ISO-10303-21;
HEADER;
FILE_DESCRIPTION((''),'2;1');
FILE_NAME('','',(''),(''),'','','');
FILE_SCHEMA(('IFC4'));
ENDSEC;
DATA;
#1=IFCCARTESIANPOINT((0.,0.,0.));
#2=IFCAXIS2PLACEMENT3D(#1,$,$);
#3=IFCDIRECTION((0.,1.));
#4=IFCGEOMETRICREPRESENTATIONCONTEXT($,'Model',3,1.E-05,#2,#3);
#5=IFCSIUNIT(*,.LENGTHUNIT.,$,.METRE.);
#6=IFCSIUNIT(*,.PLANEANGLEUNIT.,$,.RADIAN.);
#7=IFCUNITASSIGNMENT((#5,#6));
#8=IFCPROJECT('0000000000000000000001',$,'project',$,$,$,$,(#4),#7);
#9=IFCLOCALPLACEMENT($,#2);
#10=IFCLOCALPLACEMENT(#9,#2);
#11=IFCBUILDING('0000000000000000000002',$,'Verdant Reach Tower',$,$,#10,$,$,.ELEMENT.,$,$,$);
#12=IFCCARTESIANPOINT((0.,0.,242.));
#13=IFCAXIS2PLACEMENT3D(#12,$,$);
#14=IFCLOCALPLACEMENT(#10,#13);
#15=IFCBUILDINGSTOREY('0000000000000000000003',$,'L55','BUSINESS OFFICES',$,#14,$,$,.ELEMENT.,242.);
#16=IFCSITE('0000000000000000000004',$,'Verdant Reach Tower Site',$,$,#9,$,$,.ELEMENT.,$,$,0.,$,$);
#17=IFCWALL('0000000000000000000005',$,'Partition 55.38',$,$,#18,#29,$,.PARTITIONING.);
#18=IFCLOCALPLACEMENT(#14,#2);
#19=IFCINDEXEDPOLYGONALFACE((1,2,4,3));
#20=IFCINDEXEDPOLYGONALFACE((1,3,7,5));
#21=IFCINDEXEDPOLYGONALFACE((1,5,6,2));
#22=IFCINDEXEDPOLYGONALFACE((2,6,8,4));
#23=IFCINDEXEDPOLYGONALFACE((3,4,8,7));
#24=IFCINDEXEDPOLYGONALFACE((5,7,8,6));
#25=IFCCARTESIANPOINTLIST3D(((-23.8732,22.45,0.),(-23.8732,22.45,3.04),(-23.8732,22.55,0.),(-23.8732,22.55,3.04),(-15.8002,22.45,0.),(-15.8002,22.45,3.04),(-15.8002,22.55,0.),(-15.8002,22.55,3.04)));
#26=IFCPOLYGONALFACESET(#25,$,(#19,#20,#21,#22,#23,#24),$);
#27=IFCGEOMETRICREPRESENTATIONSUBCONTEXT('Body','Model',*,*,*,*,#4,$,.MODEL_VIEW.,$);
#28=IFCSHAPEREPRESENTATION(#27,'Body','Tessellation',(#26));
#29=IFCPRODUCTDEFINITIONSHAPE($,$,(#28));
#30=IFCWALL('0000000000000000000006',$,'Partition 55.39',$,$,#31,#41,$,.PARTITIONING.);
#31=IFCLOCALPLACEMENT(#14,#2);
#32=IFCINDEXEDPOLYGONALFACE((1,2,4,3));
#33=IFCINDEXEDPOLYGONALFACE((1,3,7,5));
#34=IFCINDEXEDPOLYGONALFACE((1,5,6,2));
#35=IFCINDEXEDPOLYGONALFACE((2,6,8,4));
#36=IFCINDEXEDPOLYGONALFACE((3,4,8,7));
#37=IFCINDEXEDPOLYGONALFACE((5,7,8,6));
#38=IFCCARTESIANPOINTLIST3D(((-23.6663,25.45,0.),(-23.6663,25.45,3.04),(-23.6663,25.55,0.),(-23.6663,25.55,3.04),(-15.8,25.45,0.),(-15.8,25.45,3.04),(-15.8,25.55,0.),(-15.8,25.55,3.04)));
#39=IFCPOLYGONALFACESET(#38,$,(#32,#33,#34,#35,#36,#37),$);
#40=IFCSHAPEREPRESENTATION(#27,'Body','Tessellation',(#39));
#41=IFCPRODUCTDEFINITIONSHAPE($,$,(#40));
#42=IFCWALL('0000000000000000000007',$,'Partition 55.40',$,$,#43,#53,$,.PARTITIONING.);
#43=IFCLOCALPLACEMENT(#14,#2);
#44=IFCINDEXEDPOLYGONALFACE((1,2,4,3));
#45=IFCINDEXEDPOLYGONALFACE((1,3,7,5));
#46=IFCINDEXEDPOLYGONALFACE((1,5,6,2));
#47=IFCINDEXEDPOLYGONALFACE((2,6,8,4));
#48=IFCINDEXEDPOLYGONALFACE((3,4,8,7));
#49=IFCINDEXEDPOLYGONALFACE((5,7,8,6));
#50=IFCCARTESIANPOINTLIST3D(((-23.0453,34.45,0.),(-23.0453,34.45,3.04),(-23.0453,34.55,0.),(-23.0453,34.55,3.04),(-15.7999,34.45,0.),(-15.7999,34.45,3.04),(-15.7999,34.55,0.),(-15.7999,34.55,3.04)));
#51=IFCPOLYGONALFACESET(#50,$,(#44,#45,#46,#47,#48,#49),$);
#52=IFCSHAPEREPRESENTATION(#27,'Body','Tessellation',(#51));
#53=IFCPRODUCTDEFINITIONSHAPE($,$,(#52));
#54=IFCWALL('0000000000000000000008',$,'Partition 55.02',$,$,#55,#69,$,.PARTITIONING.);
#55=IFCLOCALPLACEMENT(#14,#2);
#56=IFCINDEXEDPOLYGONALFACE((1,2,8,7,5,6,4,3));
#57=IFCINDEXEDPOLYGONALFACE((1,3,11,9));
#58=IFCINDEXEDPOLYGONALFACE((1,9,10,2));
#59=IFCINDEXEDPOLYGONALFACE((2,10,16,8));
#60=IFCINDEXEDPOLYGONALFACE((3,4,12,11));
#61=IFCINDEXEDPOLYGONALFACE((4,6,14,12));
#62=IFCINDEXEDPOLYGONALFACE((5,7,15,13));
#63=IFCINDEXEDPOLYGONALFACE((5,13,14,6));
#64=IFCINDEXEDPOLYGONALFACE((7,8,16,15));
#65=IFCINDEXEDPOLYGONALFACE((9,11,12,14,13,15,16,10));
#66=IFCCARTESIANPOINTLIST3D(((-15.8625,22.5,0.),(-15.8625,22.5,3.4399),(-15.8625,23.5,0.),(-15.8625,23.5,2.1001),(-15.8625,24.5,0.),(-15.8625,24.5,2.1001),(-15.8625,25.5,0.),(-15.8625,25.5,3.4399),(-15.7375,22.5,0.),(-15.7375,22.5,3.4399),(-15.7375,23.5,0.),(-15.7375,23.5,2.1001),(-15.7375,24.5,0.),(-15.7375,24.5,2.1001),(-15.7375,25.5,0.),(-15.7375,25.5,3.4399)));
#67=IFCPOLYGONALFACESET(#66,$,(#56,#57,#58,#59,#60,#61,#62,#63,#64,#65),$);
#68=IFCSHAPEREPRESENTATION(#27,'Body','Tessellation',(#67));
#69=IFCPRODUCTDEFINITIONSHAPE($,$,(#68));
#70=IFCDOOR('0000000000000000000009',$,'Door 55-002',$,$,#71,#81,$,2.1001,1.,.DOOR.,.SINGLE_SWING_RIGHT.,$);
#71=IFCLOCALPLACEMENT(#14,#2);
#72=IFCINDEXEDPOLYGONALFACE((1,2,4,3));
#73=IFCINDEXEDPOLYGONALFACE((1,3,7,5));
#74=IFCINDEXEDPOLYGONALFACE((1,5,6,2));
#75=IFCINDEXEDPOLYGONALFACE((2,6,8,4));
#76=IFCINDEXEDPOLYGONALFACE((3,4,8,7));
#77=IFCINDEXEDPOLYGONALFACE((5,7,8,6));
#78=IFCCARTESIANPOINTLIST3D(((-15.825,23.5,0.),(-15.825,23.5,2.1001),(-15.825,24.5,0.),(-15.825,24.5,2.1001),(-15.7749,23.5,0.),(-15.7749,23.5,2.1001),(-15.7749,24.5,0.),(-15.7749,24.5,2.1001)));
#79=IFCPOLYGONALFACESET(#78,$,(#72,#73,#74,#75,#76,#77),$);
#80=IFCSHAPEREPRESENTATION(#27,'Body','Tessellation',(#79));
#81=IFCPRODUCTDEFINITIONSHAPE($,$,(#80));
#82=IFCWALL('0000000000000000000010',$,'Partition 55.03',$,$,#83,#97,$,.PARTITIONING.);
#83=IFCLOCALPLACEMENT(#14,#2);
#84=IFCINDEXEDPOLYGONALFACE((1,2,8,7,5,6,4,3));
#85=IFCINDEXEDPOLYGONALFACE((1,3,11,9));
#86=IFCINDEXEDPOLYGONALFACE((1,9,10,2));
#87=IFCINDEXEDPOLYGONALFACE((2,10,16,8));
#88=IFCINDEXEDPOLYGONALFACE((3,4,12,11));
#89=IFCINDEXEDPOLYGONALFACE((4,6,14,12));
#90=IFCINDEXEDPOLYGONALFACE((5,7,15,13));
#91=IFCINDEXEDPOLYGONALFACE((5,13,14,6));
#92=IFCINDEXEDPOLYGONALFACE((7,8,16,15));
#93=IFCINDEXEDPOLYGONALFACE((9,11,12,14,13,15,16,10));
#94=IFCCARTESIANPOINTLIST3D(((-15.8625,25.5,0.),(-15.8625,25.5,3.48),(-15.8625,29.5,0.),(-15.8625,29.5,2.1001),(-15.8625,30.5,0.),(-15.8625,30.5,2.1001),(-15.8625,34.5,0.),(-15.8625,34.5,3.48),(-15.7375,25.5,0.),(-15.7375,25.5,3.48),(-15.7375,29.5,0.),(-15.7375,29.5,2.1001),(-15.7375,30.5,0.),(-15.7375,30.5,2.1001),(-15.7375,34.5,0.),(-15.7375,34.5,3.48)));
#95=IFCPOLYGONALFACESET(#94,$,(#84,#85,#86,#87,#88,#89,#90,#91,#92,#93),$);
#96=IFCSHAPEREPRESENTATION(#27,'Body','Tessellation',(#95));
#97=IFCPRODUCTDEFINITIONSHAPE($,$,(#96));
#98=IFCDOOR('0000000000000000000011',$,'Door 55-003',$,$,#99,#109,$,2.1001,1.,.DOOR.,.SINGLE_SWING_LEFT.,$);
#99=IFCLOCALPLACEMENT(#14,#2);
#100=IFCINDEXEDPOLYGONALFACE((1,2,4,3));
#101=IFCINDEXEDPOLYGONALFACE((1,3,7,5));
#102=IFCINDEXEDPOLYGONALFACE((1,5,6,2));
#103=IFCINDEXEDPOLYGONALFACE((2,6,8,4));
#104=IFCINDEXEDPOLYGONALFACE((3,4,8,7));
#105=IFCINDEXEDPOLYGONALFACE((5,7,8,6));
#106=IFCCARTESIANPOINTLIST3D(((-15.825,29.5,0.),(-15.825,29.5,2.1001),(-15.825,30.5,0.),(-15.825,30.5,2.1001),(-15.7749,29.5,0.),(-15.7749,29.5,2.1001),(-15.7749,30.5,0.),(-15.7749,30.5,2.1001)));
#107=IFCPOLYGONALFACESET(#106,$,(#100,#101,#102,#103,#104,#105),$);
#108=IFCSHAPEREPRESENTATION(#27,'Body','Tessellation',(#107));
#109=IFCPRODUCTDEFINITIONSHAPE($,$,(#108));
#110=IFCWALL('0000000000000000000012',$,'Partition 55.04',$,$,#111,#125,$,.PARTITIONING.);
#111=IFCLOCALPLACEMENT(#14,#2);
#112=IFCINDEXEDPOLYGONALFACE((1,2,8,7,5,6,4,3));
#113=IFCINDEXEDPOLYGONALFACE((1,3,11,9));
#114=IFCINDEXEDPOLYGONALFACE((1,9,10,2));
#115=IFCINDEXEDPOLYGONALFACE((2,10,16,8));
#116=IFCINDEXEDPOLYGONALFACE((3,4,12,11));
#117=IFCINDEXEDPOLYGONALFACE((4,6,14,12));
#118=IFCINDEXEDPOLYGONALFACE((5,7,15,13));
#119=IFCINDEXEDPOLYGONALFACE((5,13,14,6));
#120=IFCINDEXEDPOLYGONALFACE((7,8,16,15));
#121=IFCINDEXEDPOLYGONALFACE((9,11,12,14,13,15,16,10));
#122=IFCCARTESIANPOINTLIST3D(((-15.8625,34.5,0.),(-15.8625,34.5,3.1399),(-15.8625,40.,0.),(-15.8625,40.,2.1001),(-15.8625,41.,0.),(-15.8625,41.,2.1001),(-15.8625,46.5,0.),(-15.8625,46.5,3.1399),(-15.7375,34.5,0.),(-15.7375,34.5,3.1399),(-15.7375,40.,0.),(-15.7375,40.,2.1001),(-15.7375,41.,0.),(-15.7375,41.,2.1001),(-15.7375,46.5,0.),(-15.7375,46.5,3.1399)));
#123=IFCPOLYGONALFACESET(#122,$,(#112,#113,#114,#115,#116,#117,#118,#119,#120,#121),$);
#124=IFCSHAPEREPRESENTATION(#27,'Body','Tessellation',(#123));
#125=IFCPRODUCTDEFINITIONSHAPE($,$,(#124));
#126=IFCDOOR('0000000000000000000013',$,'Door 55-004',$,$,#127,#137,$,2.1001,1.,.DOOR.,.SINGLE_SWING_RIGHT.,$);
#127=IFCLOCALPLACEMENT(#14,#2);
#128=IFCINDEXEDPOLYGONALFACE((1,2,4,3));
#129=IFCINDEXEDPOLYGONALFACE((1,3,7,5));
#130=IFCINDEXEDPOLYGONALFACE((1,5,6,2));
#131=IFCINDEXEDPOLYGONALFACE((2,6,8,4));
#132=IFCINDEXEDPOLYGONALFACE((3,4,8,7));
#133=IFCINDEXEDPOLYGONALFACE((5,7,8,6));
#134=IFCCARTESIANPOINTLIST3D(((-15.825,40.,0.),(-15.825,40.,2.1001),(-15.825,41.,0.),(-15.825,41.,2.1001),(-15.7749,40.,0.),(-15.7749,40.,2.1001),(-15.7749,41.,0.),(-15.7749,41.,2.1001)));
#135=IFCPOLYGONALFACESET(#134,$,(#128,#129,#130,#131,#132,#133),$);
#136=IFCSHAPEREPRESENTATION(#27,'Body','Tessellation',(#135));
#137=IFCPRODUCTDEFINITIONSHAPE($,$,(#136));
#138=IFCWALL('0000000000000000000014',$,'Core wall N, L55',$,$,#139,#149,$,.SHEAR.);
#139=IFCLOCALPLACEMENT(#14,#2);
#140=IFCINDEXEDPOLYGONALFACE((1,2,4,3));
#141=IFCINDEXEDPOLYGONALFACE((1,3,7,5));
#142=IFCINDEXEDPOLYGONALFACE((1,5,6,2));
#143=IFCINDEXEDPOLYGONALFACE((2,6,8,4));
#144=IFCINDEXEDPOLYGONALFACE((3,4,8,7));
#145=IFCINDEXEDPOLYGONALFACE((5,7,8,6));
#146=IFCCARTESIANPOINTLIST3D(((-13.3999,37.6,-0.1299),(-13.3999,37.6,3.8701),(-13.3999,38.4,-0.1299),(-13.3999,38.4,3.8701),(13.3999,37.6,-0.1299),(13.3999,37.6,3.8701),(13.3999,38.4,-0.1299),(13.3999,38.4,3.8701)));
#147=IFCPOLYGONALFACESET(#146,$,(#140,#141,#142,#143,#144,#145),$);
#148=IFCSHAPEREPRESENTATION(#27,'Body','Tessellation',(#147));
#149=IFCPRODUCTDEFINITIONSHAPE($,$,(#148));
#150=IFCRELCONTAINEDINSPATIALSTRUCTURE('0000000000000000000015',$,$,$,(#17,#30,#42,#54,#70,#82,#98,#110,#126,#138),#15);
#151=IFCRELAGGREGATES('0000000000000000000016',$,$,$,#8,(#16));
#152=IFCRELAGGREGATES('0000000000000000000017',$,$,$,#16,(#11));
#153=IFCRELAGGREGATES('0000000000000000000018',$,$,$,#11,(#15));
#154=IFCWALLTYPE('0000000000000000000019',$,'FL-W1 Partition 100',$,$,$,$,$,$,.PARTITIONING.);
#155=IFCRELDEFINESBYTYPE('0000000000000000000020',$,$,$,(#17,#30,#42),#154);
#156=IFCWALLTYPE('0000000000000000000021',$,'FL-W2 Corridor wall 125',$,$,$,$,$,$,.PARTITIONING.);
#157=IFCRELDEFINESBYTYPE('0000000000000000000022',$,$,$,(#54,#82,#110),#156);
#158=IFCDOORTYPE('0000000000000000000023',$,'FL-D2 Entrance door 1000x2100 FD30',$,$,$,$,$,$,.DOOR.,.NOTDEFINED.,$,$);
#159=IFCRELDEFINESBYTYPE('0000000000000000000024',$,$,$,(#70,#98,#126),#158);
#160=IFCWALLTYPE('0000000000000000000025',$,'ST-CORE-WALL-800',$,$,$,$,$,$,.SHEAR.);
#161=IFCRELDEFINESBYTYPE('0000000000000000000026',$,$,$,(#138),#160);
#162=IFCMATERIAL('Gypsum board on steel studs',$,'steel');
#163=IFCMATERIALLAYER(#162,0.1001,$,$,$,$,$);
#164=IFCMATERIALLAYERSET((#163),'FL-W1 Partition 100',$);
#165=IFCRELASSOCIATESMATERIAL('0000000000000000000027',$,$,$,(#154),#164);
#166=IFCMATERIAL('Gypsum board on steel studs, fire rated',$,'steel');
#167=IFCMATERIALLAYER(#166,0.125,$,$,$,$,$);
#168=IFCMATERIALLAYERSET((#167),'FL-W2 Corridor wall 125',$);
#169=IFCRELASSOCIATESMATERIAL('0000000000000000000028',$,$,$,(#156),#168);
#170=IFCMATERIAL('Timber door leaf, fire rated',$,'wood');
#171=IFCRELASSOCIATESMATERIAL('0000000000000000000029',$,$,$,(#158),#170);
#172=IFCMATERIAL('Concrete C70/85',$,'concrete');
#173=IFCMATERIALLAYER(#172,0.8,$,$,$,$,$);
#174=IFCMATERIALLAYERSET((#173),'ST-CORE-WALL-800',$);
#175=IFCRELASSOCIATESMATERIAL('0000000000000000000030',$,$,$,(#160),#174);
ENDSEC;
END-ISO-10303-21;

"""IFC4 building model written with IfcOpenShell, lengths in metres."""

from ifc_helpers import new_model, si_unit, direction, frame, frame_2d, origin, place, context, subcontext, project, spatial, rectangle, extrude, material, layer, layer_set, type_object, element, fill, save


model = new_model("IFC4")

# Units and contexts
model_context = context("Model", 3, precision=1e-05, world=origin(), true_north=direction((0.0, 1.0)))
body_context = subcontext(model_context, "Body", "Model", "MODEL_VIEW")
ifc_project = project(units=[si_unit("LENGTHUNIT", "METRE"), si_unit("PLANEANGLEUNIT", "RADIAN")], contexts=[model_context])

# Site, building, storey
site_placement = place(None, origin())
site = spatial("IfcSite", under=ifc_project, at=site_placement, Name="Verdant Reach Tower Site", CompositionType="ELEMENT", RefElevation=0.0)
building_placement = place(site_placement, origin())
building = spatial("IfcBuilding", under=site, at=building_placement, Name="Verdant Reach Tower", CompositionType="ELEMENT")
storey_placement = place(building_placement, frame((0.0, 0.0, 242.0)))
storey = spatial("IfcBuildingStorey", under=building, at=storey_placement, Name="L55", Description="BUSINESS OFFICES", CompositionType="ELEMENT", Elevation=242.0)

# Walls
ifc_material_1 = material(Name="Gypsum board on steel studs", Category="steel")
ifc_layer_1 = layer(ifc_material_1, 0.1001)
ifc_layer_set_1 = layer_set([ifc_layer_1], Name="FL-W1 Partition 100")
wall_type_1 = type_object("IfcWallType", Name="FL-W1 Partition 100", PredefinedType="PARTITIONING", material=ifc_layer_set_1)
wall_1_placement = place(storey_placement, frame((-15.8, 22.5, 0.0), z_axis=(0.0, 0.0, 1.0), x_axis=(-1.0, 0.0, 0.0)))
element("IfcWall", 1, at=wall_1_placement, inside=storey, type_object=wall_type_1, Name="Partition 55.38", PredefinedType="PARTITIONING", context=body_context, shape_type="SweptSolid", body=[
    extrude(rectangle(XDim=8.073, YDim=0.1001, at=frame_2d((4.0366, 0.0))), origin(), (0.0, 0.0, 1.0), 3.04),
])
wall_2_placement = place(storey_placement, frame((-15.8, 25.5, 0.0), z_axis=(0.0, 0.0, 1.0), x_axis=(-1.0, 0.0, 0.0)))
element("IfcWall", 2, at=wall_2_placement, inside=storey, type_object=wall_type_1, Name="Partition 55.39", PredefinedType="PARTITIONING", context=body_context, shape_type="SweptSolid", body=[
    extrude(rectangle(XDim=7.8662, YDim=0.1001, at=frame_2d((3.9331, 0.0))), origin(), (0.0, 0.0, 1.0), 3.04),
])
wall_3_placement = place(storey_placement, frame((-15.8, 34.5, 0.0), z_axis=(0.0, 0.0, 1.0), x_axis=(-1.0, 0.0, 0.0)))
element("IfcWall", 3, at=wall_3_placement, inside=storey, type_object=wall_type_1, Name="Partition 55.40", PredefinedType="PARTITIONING", context=body_context, shape_type="SweptSolid", body=[
    extrude(rectangle(XDim=7.2454, YDim=0.1001, at=frame_2d((3.6226, 0.0))), origin(), (0.0, 0.0, 1.0), 3.04),
])

# Walls, openings, doors
ifc_material_2 = material(Name="Gypsum board on steel studs, fire rated", Category="steel")
ifc_layer_2 = layer(ifc_material_2, 0.125)
ifc_layer_set_2 = layer_set([ifc_layer_2], Name="FL-W2 Corridor wall 125")
wall_type_2 = type_object("IfcWallType", Name="FL-W2 Corridor wall 125", PredefinedType="PARTITIONING", material=ifc_layer_set_2)
wall_4_placement = place(storey_placement, frame((-15.8, 22.5, 0.0), z_axis=(0.0, 0.0, 1.0), x_axis=(0.0, 1.0, 0.0)))
wall_4 = element("IfcWall", 4, at=wall_4_placement, inside=storey, type_object=wall_type_2, Name="Partition 55.02", PredefinedType="PARTITIONING", context=body_context, shape_type="SweptSolid", body=[
    extrude(rectangle(XDim=3.0, YDim=0.125, at=frame_2d((1.5, 0.0))), origin(), (0.0, 0.0, 1.0), 3.4399),
])
opening_1_placement = place(wall_4_placement, frame((1.0, 0.0, 0.0)))
opening_1 = element("IfcOpeningElement", 5, at=opening_1_placement, cuts=wall_4, PredefinedType="OPENING", context=body_context, shape_type="SweptSolid", body=[
    extrude(rectangle(XDim=1.0, YDim=2.1001, at=frame_2d((0.5, 1.05))), frame((0.0, 0.0725, 0.0), z_axis=(0.0, -1.0, 0.0), x_axis=(1.0, 0.0, 0.0)), (0.0, 0.0, 1.0), 0.145),
])
ifc_material_3 = material(Name="Timber door leaf, fire rated", Category="wood")
door_type = type_object("IfcDoorType", Name="FL-D2 Entrance door 1000x2100 FD30", OperationType="NOTDEFINED", PredefinedType="DOOR", material=ifc_material_3)
door_1_placement = place(opening_1_placement, origin())
door_1 = element("IfcDoor", 6, at=door_1_placement, inside=storey, type_object=door_type, Name="Door 55-002", OperationType="SINGLE_SWING_RIGHT", OverallHeight=2.1001, OverallWidth=1.0, PredefinedType="DOOR", context=body_context, shape_type="SweptSolid", body=[
    extrude(rectangle(XDim=1.0, YDim=2.1001, at=frame_2d((0.5, 1.05))), frame((0.0, 0.0249, 0.0), z_axis=(0.0, -1.0, 0.0), x_axis=(1.0, 0.0, 0.0)), (0.0, 0.0, 1.0), 0.05),
])
fill(opening_1, door_1)
wall_5_placement = place(storey_placement, frame((-15.8, 25.5, 0.0), z_axis=(0.0, 0.0, 1.0), x_axis=(0.0, 1.0, 0.0)))
wall_5 = element("IfcWall", 7, at=wall_5_placement, inside=storey, type_object=wall_type_2, Name="Partition 55.03", PredefinedType="PARTITIONING", context=body_context, shape_type="SweptSolid", body=[
    extrude(rectangle(XDim=9.0, YDim=0.125, at=frame_2d((4.5, 0.0))), origin(), (0.0, 0.0, 1.0), 3.48),
])
opening_2_placement = place(wall_5_placement, frame((4.0, 0.0, 0.0)))
opening_2 = element("IfcOpeningElement", 8, at=opening_2_placement, cuts=wall_5, PredefinedType="OPENING", context=body_context, shape_type="SweptSolid", body=[
    extrude(rectangle(XDim=1.0, YDim=2.1001, at=frame_2d((0.5, 1.05))), frame((0.0, 0.0725, 0.0), z_axis=(0.0, -1.0, 0.0), x_axis=(1.0, 0.0, 0.0)), (0.0, 0.0, 1.0), 0.145),
])
door_2_placement = place(opening_2_placement, origin())
door_2 = element("IfcDoor", 9, at=door_2_placement, inside=storey, type_object=door_type, Name="Door 55-003", OperationType="SINGLE_SWING_LEFT", OverallHeight=2.1001, OverallWidth=1.0, PredefinedType="DOOR", context=body_context, shape_type="SweptSolid", body=[
    extrude(rectangle(XDim=1.0, YDim=2.1001, at=frame_2d((0.5, 1.05))), frame((0.0, 0.0249, 0.0), z_axis=(0.0, -1.0, 0.0), x_axis=(1.0, 0.0, 0.0)), (0.0, 0.0, 1.0), 0.05),
])
fill(opening_2, door_2)
wall_6_placement = place(storey_placement, frame((-15.8, 34.5, 0.0), z_axis=(0.0, 0.0, 1.0), x_axis=(0.0, 1.0, 0.0)))
wall_6 = element("IfcWall", 10, at=wall_6_placement, inside=storey, type_object=wall_type_2, Name="Partition 55.04", PredefinedType="PARTITIONING", context=body_context, shape_type="SweptSolid", body=[
    extrude(rectangle(XDim=12.0, YDim=0.125, at=frame_2d((6.0, 0.0))), origin(), (0.0, 0.0, 1.0), 3.1399),
])
opening_3_placement = place(wall_6_placement, frame((5.5, 0.0, 0.0)))
opening_3 = element("IfcOpeningElement", 11, at=opening_3_placement, cuts=wall_6, PredefinedType="OPENING", context=body_context, shape_type="SweptSolid", body=[
    extrude(rectangle(XDim=1.0, YDim=2.1001, at=frame_2d((0.5, 1.05))), frame((0.0, 0.0725, 0.0), z_axis=(0.0, -1.0, 0.0), x_axis=(1.0, 0.0, 0.0)), (0.0, 0.0, 1.0), 0.145),
])
door_3_placement = place(opening_3_placement, origin())
door_3 = element("IfcDoor", 12, at=door_3_placement, inside=storey, type_object=door_type, Name="Door 55-004", OperationType="SINGLE_SWING_RIGHT", OverallHeight=2.1001, OverallWidth=1.0, PredefinedType="DOOR", context=body_context, shape_type="SweptSolid", body=[
    extrude(rectangle(XDim=1.0, YDim=2.1001, at=frame_2d((0.5, 1.05))), frame((0.0, 0.0249, 0.0), z_axis=(0.0, -1.0, 0.0), x_axis=(1.0, 0.0, 0.0)), (0.0, 0.0, 1.0), 0.05),
])
fill(opening_3, door_3)

# Wall
ifc_material_4 = material(Name="Concrete C70/85", Category="concrete")
ifc_layer_3 = layer(ifc_material_4, 0.8)
ifc_layer_set_3 = layer_set([ifc_layer_3], Name="ST-CORE-WALL-800")
wall_type_3 = type_object("IfcWallType", Name="ST-CORE-WALL-800", PredefinedType="SHEAR", material=ifc_layer_set_3)
wall_7_placement = place(storey_placement, frame((-13.3999, 38.0, -0.1299), z_axis=(0.0, 0.0, 1.0), x_axis=(1.0, 0.0, 0.0)))
element("IfcWall", 13, at=wall_7_placement, inside=storey, type_object=wall_type_3, Name="Core wall N, L55", PredefinedType="SHEAR", context=body_context, shape_type="SweptSolid", body=[
    extrude(rectangle(XDim=26.7998, YDim=0.8, at=frame_2d((13.3999, 0.0))), origin(), (0.0, 0.0, 1.0), 4.0),
])

save(model, "model.ifc")
